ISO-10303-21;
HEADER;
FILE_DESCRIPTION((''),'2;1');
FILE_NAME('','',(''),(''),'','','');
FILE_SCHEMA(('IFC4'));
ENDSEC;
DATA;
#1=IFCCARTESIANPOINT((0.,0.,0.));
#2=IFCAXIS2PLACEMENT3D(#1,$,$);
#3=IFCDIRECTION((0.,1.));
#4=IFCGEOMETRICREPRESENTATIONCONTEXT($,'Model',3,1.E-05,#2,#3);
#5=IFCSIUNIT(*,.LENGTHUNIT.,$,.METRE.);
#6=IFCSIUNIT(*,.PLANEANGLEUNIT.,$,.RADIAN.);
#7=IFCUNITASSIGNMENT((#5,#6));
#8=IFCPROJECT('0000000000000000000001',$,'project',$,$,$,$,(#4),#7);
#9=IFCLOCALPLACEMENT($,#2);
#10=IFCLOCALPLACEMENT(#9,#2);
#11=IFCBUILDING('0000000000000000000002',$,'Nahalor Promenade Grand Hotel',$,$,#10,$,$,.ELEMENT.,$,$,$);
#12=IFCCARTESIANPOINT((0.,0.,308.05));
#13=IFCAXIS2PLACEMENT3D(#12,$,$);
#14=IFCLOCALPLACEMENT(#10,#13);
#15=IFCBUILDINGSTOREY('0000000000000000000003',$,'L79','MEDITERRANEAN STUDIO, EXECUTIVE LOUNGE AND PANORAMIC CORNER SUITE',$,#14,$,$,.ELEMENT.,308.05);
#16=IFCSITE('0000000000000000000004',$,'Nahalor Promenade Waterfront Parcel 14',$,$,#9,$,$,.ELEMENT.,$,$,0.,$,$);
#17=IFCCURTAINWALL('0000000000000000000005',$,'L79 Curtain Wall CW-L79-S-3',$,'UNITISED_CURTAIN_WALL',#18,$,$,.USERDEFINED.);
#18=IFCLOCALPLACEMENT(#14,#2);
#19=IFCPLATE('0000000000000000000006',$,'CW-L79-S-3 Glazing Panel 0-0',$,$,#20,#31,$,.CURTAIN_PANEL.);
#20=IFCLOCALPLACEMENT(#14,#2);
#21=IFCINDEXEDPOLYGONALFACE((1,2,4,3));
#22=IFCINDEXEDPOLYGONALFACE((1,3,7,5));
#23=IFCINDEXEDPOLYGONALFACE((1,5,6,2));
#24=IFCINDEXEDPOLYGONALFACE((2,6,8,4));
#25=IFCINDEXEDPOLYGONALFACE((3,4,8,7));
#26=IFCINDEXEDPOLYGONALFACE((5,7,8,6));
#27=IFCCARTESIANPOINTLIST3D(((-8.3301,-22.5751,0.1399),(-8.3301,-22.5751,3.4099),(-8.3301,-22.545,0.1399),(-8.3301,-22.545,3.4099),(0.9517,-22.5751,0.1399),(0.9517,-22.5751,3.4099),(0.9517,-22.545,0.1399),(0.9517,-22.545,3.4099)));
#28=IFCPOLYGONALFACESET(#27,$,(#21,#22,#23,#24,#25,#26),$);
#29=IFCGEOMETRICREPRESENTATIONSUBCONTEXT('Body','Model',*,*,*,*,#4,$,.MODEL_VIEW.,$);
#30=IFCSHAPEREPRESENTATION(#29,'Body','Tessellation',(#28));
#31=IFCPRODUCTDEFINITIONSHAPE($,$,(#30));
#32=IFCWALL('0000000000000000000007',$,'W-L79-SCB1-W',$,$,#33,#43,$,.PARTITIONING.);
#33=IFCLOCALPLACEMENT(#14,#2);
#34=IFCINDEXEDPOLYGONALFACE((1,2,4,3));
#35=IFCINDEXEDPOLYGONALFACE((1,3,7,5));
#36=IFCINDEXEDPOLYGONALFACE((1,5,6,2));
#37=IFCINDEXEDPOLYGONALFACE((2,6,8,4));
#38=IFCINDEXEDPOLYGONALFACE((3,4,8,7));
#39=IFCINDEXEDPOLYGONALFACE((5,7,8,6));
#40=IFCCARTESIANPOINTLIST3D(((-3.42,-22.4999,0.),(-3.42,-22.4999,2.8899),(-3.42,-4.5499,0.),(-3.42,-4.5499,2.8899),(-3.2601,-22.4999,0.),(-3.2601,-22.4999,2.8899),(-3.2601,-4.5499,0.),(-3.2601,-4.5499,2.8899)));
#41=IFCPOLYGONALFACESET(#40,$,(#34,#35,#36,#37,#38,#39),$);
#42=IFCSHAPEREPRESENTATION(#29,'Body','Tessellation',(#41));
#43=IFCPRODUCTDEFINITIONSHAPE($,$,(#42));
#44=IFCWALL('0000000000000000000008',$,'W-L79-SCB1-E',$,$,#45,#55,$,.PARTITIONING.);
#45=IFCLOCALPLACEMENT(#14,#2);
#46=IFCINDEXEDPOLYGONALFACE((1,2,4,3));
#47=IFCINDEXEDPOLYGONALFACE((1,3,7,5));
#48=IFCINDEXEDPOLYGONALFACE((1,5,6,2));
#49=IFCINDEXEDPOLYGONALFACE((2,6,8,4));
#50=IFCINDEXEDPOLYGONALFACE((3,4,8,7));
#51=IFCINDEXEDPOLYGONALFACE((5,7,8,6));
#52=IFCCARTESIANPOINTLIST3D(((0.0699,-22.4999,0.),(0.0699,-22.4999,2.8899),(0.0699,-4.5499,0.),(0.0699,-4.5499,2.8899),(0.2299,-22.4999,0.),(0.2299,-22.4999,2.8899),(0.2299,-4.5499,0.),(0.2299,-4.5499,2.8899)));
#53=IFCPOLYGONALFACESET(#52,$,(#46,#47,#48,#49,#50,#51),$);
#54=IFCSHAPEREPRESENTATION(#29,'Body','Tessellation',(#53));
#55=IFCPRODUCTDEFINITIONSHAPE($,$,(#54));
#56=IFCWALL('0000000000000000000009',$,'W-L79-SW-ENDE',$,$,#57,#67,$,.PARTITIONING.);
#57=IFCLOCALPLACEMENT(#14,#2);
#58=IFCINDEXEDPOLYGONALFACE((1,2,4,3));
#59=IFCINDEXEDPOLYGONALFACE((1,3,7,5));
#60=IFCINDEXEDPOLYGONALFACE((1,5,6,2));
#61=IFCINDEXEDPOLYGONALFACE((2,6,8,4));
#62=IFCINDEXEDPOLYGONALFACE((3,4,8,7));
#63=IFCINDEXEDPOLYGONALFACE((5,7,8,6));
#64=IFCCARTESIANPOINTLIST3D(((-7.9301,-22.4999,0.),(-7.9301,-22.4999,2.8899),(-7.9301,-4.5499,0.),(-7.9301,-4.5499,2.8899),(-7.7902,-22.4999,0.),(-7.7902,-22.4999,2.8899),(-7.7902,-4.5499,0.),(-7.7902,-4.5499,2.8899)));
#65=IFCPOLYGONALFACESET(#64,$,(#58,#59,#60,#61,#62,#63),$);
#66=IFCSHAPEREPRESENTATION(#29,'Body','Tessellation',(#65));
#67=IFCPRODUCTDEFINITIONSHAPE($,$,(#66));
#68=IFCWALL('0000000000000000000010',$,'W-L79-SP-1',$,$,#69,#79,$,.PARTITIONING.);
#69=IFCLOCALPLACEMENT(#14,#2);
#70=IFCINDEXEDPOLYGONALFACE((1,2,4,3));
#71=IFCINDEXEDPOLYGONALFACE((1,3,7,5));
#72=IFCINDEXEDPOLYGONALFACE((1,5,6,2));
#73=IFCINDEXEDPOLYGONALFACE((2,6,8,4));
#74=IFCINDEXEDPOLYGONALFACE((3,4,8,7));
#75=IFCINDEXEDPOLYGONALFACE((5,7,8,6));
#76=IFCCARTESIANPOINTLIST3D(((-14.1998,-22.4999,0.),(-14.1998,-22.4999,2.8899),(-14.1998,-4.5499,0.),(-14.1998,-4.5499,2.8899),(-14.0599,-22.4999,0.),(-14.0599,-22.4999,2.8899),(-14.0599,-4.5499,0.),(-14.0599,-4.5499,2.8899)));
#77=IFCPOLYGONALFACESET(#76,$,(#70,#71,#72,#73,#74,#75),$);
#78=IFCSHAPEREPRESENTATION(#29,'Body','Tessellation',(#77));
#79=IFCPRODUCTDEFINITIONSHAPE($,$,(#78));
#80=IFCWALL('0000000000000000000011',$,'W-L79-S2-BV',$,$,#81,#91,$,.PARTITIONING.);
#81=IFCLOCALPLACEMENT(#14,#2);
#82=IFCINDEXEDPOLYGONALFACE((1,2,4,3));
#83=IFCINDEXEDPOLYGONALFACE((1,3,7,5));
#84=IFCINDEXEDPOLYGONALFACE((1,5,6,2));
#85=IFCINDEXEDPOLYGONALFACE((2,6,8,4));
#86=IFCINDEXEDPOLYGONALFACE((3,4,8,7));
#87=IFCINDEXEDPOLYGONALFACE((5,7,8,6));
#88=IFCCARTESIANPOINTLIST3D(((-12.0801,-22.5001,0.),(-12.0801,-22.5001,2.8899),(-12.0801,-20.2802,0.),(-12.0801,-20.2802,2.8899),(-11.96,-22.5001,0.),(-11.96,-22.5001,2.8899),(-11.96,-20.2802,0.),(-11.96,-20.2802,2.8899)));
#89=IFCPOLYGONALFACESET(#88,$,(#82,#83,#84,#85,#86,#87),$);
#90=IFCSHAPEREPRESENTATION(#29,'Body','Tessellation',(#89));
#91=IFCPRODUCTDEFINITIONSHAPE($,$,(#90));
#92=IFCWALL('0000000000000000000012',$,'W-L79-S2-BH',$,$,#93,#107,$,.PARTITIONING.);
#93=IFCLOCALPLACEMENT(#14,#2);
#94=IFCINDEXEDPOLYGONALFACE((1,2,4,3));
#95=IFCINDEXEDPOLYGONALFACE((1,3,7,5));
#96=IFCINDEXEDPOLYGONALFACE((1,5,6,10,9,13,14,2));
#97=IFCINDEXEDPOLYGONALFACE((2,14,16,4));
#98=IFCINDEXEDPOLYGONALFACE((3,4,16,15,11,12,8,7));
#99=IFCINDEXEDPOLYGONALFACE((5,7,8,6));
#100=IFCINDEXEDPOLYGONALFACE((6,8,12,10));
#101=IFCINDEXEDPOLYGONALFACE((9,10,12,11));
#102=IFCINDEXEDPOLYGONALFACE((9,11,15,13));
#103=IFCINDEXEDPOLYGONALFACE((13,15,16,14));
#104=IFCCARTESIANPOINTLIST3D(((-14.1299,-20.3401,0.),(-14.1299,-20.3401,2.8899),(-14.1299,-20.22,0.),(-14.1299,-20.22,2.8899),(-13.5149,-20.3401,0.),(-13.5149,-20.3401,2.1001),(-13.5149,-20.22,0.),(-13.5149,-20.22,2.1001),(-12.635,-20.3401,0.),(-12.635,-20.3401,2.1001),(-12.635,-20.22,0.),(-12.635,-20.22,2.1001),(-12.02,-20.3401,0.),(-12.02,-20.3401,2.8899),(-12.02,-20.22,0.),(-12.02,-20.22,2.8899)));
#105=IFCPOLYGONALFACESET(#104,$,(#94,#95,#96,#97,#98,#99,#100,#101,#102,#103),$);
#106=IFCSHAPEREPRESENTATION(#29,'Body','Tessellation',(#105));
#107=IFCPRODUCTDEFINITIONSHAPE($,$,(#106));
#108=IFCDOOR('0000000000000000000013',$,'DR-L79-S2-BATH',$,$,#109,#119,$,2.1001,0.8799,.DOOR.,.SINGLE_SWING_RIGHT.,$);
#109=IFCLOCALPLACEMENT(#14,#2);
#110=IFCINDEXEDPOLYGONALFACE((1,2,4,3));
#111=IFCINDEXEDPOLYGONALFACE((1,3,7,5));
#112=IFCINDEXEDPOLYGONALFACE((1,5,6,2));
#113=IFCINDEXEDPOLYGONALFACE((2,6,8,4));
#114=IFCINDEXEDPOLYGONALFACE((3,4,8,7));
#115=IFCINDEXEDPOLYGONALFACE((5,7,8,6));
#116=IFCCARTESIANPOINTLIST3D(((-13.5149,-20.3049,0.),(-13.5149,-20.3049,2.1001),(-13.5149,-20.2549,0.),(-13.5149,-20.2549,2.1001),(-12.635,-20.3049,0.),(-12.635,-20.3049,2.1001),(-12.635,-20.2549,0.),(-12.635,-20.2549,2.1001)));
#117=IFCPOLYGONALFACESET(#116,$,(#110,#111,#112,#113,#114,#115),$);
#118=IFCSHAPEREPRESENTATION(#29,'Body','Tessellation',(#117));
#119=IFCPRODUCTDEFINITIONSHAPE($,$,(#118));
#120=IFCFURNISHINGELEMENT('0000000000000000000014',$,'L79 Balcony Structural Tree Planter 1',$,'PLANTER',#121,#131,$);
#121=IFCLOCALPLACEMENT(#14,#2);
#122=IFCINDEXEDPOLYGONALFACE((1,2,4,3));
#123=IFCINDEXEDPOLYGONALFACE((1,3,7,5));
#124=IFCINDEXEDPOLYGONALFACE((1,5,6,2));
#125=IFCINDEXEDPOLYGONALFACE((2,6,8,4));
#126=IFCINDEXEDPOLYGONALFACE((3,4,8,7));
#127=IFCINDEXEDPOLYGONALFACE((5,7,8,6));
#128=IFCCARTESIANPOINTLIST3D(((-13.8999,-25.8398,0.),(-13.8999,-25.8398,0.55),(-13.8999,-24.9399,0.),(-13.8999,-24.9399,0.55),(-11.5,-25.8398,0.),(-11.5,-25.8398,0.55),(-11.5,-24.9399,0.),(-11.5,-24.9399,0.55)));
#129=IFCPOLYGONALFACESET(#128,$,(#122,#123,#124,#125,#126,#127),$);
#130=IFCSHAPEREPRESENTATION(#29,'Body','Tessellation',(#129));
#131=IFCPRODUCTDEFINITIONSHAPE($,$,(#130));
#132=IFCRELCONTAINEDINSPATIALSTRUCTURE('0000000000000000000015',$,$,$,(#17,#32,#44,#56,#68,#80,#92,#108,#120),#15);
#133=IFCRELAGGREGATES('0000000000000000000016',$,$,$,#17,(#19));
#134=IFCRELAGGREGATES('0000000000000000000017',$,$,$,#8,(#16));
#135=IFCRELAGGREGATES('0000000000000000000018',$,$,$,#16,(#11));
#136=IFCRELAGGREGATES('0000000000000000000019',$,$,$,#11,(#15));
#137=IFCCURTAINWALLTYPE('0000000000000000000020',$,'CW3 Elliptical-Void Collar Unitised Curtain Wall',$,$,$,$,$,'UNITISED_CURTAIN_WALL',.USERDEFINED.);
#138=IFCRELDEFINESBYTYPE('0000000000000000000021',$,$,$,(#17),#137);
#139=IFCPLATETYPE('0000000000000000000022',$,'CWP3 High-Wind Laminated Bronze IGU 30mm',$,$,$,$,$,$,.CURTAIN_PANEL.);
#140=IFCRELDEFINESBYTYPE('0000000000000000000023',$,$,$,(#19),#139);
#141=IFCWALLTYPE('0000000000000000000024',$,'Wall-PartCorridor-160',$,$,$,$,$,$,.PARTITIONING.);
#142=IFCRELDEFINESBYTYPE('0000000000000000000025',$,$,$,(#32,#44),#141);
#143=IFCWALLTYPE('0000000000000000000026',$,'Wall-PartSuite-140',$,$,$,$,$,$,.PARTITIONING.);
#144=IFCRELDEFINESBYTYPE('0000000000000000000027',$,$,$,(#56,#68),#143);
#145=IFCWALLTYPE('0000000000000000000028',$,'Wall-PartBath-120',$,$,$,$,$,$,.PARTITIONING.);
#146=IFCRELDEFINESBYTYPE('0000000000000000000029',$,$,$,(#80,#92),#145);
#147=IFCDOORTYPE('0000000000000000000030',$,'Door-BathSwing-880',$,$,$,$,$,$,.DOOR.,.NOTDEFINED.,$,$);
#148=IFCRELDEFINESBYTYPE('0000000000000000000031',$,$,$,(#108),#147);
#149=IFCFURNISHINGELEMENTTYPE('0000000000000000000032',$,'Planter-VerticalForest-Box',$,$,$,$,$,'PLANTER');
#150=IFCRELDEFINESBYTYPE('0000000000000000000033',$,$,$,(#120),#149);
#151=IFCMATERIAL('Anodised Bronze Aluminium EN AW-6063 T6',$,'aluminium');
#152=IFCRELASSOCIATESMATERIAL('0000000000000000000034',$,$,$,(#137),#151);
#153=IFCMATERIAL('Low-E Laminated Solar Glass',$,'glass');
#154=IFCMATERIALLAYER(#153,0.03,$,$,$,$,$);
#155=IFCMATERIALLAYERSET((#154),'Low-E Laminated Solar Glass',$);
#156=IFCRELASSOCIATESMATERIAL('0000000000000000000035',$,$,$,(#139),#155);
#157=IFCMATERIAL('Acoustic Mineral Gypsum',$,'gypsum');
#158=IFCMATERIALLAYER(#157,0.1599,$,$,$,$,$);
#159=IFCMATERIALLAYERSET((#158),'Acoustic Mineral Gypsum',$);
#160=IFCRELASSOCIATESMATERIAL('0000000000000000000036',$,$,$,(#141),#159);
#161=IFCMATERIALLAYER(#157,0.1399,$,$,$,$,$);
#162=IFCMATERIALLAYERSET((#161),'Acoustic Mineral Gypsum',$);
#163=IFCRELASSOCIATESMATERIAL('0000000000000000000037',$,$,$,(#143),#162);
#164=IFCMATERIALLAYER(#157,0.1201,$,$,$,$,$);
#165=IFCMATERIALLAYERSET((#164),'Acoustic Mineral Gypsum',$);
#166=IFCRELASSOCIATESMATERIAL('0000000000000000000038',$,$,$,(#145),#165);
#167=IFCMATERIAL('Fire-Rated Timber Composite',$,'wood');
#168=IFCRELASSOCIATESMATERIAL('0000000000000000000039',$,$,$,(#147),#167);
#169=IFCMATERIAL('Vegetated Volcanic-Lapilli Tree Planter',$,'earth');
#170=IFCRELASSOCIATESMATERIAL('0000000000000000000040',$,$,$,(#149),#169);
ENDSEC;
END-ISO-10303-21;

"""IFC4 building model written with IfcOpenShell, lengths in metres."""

from ifc_helpers import new_model, si_unit, direction, frame, frame_2d, origin, origin_2d, place, context, subcontext, project, spatial, rectangle, extrude, source, transform, mapped, material, layer, layer_set, type_object, element, fill, aggregate, save


model = new_model("IFC4")

# Units and contexts
model_context = context("Model", 3, precision=1e-05, world=origin(), true_north=direction((0.0, 1.0)))
body_context = subcontext(model_context, "Body", "Model", "MODEL_VIEW")
ifc_project = project(units=[si_unit("LENGTHUNIT", "METRE"), si_unit("PLANEANGLEUNIT", "RADIAN")], contexts=[model_context])

# Site, building, storey
site_placement = place(None, origin())
site = spatial("IfcSite", under=ifc_project, at=site_placement, Name="Nahalor Promenade Waterfront Parcel 14", CompositionType="ELEMENT", RefElevation=0.0)
building_placement = place(site_placement, origin())
building = spatial("IfcBuilding", under=site, at=building_placement, Name="Nahalor Promenade Grand Hotel", CompositionType="ELEMENT")
storey_placement = place(building_placement, frame((0.0, 0.0, 308.05)))
storey = spatial("IfcBuildingStorey", under=building, at=storey_placement, Name="L79", Description="MEDITERRANEAN STUDIO, EXECUTIVE LOUNGE AND PANORAMIC CORNER SUITE", CompositionType="ELEMENT", Elevation=308.05)

# Curtain wall, plate
ifc_material_1 = material(Name="Anodised Bronze Aluminium EN AW-6063 T6", Category="aluminium")
curtain_wall_type = type_object("IfcCurtainWallType", Name="CW3 Elliptical-Void Collar Unitised Curtain Wall", ElementType="UNITISED_CURTAIN_WALL", PredefinedType="USERDEFINED", material=ifc_material_1)
curtain_wall_placement = place(storey_placement, origin())
curtain_wall = element("IfcCurtainWall", 1, at=curtain_wall_placement, inside=storey, type_object=curtain_wall_type, Name="L79 Curtain Wall CW-L79-S-3", ObjectType="UNITISED_CURTAIN_WALL", PredefinedType="USERDEFINED")
ifc_material_2 = material(Name="Low-E Laminated Solar Glass", Category="glass")
ifc_layer_1 = layer(ifc_material_2, 0.03)
ifc_layer_set_1 = layer_set([ifc_layer_1], Name="Low-E Laminated Solar Glass")
plate_type = type_object("IfcPlateType", Name="CWP3 High-Wind Laminated Bronze IGU 30mm", PredefinedType="CURTAIN_PANEL", material=ifc_layer_set_1)
shared_shape_1 = source(origin(), body_context, "Body", "SweptSolid", [
    extrude(rectangle(XDim=9.2817, YDim=0.03, at=origin_2d()), origin(), (0.0, 0.0, 1.0), 3.27),
])
plate_placement = place(storey_placement, frame((-3.6892, -22.5601, 0.1399), z_axis=(0.0, 0.0, 1.0), x_axis=(1.0, 0.0, 0.0)))
plate = element("IfcPlate", 2, at=plate_placement, type_object=plate_type, Name="CW-L79-S-3 Glazing Panel 0-0", PredefinedType="CURTAIN_PANEL", context=body_context, shape_type="MappedRepresentation", body=[
    mapped(shared_shape_1, transform((0.0, 0.0, 0.0), scale=1.0)),
])
aggregate(curtain_wall, [plate])

# Walls
ifc_material_3 = material(Name="Acoustic Mineral Gypsum", Category="gypsum")
ifc_layer_2 = layer(ifc_material_3, 0.1599)
ifc_layer_set_2 = layer_set([ifc_layer_2], Name="Acoustic Mineral Gypsum")
wall_type_1 = type_object("IfcWallType", Name="Wall-PartCorridor-160", PredefinedType="PARTITIONING", material=ifc_layer_set_2)
shared_shape_2 = source(origin(), body_context, "Body", "SweptSolid", [
    extrude(rectangle(XDim=17.95, YDim=0.1599, at=frame_2d((8.9751, 0.0))), origin(), (0.0, 0.0, 1.0), 2.8899),
])
for number, where, z_axis, x_axis, name in (
    (3, (-3.3401, -22.5, 0.0), (0.0, 0.0, 1.0), (0.0, 1.0, 0.0), "W-L79-SCB1-W"),
    (4, (0.1499, -22.5, 0.0), (0.0, 0.0, 1.0), (0.0, 1.0, 0.0), "W-L79-SCB1-E"),
):
    element("IfcWall", number, at=place(storey_placement, frame(where, z_axis=z_axis, x_axis=x_axis)), inside=storey, type_object=wall_type_1, Name=name, PredefinedType="PARTITIONING", context=body_context, shape_type="MappedRepresentation", body=[
        mapped(shared_shape_2, transform((0.0, 0.0, 0.0), scale=1.0)),
    ])
ifc_layer_3 = layer(ifc_material_3, 0.1399)
ifc_layer_set_3 = layer_set([ifc_layer_3], Name="Acoustic Mineral Gypsum")
wall_type_2 = type_object("IfcWallType", Name="Wall-PartSuite-140", PredefinedType="PARTITIONING", material=ifc_layer_set_3)
shared_shape_3 = source(origin(), body_context, "Body", "SweptSolid", [
    extrude(rectangle(XDim=17.95, YDim=0.1399, at=frame_2d((8.9751, 0.0))), origin(), (0.0, 0.0, 1.0), 2.8899),
])
for number, where, z_axis, x_axis, name in (
    (5, (-7.8601, -22.5, 0.0), (0.0, 0.0, 1.0), (0.0, 1.0, 0.0), "W-L79-SW-ENDE"),
    (6, (-14.1299, -22.5, 0.0), (0.0, 0.0, 1.0), (0.0, 1.0, 0.0), "W-L79-SP-1"),
):
    element("IfcWall", number, at=place(storey_placement, frame(where, z_axis=z_axis, x_axis=x_axis)), inside=storey, type_object=wall_type_2, Name=name, PredefinedType="PARTITIONING", context=body_context, shape_type="MappedRepresentation", body=[
        mapped(shared_shape_3, transform((0.0, 0.0, 0.0), scale=1.0)),
    ])
ifc_layer_4 = layer(ifc_material_3, 0.1201)
ifc_layer_set_4 = layer_set([ifc_layer_4], Name="Acoustic Mineral Gypsum")
wall_type_3 = type_object("IfcWallType", Name="Wall-PartBath-120", PredefinedType="PARTITIONING", material=ifc_layer_set_4)
shared_shape_4 = source(origin(), body_context, "Body", "SweptSolid", [
    extrude(rectangle(XDim=2.22, YDim=0.1201, at=frame_2d((1.1099, 0.0))), origin(), (0.0, 0.0, 1.0), 2.8899),
])
wall_1_placement = place(storey_placement, frame((-12.02, -22.5, 0.0), z_axis=(0.0, 0.0, 1.0), x_axis=(0.0, 1.0, 0.0)))
element("IfcWall", 7, at=wall_1_placement, inside=storey, type_object=wall_type_3, Name="W-L79-S2-BV", PredefinedType="PARTITIONING", context=body_context, shape_type="MappedRepresentation", body=[
    mapped(shared_shape_4, transform((0.0, 0.0, 0.0), scale=1.0)),
])

# Wall, opening, door
shared_shape_5 = source(origin(), body_context, "Body", "SweptSolid", [
    extrude(rectangle(XDim=2.1099, YDim=0.1201, at=frame_2d((1.0549, 0.0))), origin(), (0.0, 0.0, 1.0), 2.8899),
])
wall_2_placement = place(storey_placement, frame((-14.1299, -20.28, 0.0), z_axis=(0.0, 0.0, 1.0), x_axis=(1.0, 0.0, 0.0)))
wall_2 = element("IfcWall", 8, at=wall_2_placement, inside=storey, type_object=wall_type_3, Name="W-L79-S2-BH", PredefinedType="PARTITIONING", context=body_context, shape_type="MappedRepresentation", body=[
    mapped(shared_shape_5, transform((0.0, 0.0, 0.0), scale=1.0)),
])
opening_placement = place(wall_2_placement, frame((0.615, 0.0, 0.0)))
opening = element("IfcOpeningElement", 9, at=opening_placement, cuts=wall_2, PredefinedType="OPENING", context=body_context, shape_type="SweptSolid", body=[
    extrude(rectangle(XDim=0.8799, YDim=2.1001, at=frame_2d((0.4399, 1.05))), frame((0.0, 0.0701, 0.0), z_axis=(0.0, -1.0, 0.0), x_axis=(1.0, 0.0, 0.0)), (0.0, 0.0, 1.0), 0.1401),
])
ifc_material_4 = material(Name="Fire-Rated Timber Composite", Category="wood")
door_type = type_object("IfcDoorType", Name="Door-BathSwing-880", OperationType="NOTDEFINED", PredefinedType="DOOR", material=ifc_material_4)
shared_shape_6 = source(origin(), body_context, "Body", "SweptSolid", [
    extrude(rectangle(XDim=0.8799, YDim=2.1001, at=frame_2d((0.4399, 1.05))), frame((0.0, 0.0249, 0.0), z_axis=(0.0, -1.0, 0.0), x_axis=(1.0, 0.0, 0.0)), (0.0, 0.0, 1.0), 0.05),
])
door_placement = place(opening_placement, frame((0.8799, 0.0, 0.0), z_axis=(0.0, 0.0, 1.0), x_axis=(-1.0, 0.0, 0.0)))
door = element("IfcDoor", 10, at=door_placement, inside=storey, type_object=door_type, Name="DR-L79-S2-BATH", OperationType="SINGLE_SWING_RIGHT", OverallHeight=2.1001, OverallWidth=0.8799, PredefinedType="DOOR", context=body_context, shape_type="MappedRepresentation", body=[
    mapped(shared_shape_6, transform((0.0, 0.0, 0.0), scale=1.0)),
])
fill(opening, door)

# Furnishing element
ifc_material_5 = material(Name="Vegetated Volcanic-Lapilli Tree Planter", Category="earth")
furnishing_element_type = type_object("IfcFurnishingElementType", Name="Planter-VerticalForest-Box", ElementType="PLANTER", material=ifc_material_5)
shared_shape_7 = source(origin(), body_context, "Body", "SweptSolid", [
    extrude(rectangle(XDim=2.3999, YDim=0.8999, at=origin_2d()), origin(), (0.0, 0.0, 1.0), 0.55),
])
furnishing_placement = place(storey_placement, frame((-12.7, -25.3899, 0.0), z_axis=(0.0, 0.0, 1.0), x_axis=(1.0, 0.0, 0.0)))
element("IfcFurnishingElement", 11, at=furnishing_placement, inside=storey, type_object=furnishing_element_type, Name="L79 Balcony Structural Tree Planter 1", ObjectType="PLANTER", context=body_context, shape_type="MappedRepresentation", body=[
    mapped(shared_shape_7, transform((0.0, 0.0, 0.0), scale=1.0)),
])

save(model, "model.ifc")
